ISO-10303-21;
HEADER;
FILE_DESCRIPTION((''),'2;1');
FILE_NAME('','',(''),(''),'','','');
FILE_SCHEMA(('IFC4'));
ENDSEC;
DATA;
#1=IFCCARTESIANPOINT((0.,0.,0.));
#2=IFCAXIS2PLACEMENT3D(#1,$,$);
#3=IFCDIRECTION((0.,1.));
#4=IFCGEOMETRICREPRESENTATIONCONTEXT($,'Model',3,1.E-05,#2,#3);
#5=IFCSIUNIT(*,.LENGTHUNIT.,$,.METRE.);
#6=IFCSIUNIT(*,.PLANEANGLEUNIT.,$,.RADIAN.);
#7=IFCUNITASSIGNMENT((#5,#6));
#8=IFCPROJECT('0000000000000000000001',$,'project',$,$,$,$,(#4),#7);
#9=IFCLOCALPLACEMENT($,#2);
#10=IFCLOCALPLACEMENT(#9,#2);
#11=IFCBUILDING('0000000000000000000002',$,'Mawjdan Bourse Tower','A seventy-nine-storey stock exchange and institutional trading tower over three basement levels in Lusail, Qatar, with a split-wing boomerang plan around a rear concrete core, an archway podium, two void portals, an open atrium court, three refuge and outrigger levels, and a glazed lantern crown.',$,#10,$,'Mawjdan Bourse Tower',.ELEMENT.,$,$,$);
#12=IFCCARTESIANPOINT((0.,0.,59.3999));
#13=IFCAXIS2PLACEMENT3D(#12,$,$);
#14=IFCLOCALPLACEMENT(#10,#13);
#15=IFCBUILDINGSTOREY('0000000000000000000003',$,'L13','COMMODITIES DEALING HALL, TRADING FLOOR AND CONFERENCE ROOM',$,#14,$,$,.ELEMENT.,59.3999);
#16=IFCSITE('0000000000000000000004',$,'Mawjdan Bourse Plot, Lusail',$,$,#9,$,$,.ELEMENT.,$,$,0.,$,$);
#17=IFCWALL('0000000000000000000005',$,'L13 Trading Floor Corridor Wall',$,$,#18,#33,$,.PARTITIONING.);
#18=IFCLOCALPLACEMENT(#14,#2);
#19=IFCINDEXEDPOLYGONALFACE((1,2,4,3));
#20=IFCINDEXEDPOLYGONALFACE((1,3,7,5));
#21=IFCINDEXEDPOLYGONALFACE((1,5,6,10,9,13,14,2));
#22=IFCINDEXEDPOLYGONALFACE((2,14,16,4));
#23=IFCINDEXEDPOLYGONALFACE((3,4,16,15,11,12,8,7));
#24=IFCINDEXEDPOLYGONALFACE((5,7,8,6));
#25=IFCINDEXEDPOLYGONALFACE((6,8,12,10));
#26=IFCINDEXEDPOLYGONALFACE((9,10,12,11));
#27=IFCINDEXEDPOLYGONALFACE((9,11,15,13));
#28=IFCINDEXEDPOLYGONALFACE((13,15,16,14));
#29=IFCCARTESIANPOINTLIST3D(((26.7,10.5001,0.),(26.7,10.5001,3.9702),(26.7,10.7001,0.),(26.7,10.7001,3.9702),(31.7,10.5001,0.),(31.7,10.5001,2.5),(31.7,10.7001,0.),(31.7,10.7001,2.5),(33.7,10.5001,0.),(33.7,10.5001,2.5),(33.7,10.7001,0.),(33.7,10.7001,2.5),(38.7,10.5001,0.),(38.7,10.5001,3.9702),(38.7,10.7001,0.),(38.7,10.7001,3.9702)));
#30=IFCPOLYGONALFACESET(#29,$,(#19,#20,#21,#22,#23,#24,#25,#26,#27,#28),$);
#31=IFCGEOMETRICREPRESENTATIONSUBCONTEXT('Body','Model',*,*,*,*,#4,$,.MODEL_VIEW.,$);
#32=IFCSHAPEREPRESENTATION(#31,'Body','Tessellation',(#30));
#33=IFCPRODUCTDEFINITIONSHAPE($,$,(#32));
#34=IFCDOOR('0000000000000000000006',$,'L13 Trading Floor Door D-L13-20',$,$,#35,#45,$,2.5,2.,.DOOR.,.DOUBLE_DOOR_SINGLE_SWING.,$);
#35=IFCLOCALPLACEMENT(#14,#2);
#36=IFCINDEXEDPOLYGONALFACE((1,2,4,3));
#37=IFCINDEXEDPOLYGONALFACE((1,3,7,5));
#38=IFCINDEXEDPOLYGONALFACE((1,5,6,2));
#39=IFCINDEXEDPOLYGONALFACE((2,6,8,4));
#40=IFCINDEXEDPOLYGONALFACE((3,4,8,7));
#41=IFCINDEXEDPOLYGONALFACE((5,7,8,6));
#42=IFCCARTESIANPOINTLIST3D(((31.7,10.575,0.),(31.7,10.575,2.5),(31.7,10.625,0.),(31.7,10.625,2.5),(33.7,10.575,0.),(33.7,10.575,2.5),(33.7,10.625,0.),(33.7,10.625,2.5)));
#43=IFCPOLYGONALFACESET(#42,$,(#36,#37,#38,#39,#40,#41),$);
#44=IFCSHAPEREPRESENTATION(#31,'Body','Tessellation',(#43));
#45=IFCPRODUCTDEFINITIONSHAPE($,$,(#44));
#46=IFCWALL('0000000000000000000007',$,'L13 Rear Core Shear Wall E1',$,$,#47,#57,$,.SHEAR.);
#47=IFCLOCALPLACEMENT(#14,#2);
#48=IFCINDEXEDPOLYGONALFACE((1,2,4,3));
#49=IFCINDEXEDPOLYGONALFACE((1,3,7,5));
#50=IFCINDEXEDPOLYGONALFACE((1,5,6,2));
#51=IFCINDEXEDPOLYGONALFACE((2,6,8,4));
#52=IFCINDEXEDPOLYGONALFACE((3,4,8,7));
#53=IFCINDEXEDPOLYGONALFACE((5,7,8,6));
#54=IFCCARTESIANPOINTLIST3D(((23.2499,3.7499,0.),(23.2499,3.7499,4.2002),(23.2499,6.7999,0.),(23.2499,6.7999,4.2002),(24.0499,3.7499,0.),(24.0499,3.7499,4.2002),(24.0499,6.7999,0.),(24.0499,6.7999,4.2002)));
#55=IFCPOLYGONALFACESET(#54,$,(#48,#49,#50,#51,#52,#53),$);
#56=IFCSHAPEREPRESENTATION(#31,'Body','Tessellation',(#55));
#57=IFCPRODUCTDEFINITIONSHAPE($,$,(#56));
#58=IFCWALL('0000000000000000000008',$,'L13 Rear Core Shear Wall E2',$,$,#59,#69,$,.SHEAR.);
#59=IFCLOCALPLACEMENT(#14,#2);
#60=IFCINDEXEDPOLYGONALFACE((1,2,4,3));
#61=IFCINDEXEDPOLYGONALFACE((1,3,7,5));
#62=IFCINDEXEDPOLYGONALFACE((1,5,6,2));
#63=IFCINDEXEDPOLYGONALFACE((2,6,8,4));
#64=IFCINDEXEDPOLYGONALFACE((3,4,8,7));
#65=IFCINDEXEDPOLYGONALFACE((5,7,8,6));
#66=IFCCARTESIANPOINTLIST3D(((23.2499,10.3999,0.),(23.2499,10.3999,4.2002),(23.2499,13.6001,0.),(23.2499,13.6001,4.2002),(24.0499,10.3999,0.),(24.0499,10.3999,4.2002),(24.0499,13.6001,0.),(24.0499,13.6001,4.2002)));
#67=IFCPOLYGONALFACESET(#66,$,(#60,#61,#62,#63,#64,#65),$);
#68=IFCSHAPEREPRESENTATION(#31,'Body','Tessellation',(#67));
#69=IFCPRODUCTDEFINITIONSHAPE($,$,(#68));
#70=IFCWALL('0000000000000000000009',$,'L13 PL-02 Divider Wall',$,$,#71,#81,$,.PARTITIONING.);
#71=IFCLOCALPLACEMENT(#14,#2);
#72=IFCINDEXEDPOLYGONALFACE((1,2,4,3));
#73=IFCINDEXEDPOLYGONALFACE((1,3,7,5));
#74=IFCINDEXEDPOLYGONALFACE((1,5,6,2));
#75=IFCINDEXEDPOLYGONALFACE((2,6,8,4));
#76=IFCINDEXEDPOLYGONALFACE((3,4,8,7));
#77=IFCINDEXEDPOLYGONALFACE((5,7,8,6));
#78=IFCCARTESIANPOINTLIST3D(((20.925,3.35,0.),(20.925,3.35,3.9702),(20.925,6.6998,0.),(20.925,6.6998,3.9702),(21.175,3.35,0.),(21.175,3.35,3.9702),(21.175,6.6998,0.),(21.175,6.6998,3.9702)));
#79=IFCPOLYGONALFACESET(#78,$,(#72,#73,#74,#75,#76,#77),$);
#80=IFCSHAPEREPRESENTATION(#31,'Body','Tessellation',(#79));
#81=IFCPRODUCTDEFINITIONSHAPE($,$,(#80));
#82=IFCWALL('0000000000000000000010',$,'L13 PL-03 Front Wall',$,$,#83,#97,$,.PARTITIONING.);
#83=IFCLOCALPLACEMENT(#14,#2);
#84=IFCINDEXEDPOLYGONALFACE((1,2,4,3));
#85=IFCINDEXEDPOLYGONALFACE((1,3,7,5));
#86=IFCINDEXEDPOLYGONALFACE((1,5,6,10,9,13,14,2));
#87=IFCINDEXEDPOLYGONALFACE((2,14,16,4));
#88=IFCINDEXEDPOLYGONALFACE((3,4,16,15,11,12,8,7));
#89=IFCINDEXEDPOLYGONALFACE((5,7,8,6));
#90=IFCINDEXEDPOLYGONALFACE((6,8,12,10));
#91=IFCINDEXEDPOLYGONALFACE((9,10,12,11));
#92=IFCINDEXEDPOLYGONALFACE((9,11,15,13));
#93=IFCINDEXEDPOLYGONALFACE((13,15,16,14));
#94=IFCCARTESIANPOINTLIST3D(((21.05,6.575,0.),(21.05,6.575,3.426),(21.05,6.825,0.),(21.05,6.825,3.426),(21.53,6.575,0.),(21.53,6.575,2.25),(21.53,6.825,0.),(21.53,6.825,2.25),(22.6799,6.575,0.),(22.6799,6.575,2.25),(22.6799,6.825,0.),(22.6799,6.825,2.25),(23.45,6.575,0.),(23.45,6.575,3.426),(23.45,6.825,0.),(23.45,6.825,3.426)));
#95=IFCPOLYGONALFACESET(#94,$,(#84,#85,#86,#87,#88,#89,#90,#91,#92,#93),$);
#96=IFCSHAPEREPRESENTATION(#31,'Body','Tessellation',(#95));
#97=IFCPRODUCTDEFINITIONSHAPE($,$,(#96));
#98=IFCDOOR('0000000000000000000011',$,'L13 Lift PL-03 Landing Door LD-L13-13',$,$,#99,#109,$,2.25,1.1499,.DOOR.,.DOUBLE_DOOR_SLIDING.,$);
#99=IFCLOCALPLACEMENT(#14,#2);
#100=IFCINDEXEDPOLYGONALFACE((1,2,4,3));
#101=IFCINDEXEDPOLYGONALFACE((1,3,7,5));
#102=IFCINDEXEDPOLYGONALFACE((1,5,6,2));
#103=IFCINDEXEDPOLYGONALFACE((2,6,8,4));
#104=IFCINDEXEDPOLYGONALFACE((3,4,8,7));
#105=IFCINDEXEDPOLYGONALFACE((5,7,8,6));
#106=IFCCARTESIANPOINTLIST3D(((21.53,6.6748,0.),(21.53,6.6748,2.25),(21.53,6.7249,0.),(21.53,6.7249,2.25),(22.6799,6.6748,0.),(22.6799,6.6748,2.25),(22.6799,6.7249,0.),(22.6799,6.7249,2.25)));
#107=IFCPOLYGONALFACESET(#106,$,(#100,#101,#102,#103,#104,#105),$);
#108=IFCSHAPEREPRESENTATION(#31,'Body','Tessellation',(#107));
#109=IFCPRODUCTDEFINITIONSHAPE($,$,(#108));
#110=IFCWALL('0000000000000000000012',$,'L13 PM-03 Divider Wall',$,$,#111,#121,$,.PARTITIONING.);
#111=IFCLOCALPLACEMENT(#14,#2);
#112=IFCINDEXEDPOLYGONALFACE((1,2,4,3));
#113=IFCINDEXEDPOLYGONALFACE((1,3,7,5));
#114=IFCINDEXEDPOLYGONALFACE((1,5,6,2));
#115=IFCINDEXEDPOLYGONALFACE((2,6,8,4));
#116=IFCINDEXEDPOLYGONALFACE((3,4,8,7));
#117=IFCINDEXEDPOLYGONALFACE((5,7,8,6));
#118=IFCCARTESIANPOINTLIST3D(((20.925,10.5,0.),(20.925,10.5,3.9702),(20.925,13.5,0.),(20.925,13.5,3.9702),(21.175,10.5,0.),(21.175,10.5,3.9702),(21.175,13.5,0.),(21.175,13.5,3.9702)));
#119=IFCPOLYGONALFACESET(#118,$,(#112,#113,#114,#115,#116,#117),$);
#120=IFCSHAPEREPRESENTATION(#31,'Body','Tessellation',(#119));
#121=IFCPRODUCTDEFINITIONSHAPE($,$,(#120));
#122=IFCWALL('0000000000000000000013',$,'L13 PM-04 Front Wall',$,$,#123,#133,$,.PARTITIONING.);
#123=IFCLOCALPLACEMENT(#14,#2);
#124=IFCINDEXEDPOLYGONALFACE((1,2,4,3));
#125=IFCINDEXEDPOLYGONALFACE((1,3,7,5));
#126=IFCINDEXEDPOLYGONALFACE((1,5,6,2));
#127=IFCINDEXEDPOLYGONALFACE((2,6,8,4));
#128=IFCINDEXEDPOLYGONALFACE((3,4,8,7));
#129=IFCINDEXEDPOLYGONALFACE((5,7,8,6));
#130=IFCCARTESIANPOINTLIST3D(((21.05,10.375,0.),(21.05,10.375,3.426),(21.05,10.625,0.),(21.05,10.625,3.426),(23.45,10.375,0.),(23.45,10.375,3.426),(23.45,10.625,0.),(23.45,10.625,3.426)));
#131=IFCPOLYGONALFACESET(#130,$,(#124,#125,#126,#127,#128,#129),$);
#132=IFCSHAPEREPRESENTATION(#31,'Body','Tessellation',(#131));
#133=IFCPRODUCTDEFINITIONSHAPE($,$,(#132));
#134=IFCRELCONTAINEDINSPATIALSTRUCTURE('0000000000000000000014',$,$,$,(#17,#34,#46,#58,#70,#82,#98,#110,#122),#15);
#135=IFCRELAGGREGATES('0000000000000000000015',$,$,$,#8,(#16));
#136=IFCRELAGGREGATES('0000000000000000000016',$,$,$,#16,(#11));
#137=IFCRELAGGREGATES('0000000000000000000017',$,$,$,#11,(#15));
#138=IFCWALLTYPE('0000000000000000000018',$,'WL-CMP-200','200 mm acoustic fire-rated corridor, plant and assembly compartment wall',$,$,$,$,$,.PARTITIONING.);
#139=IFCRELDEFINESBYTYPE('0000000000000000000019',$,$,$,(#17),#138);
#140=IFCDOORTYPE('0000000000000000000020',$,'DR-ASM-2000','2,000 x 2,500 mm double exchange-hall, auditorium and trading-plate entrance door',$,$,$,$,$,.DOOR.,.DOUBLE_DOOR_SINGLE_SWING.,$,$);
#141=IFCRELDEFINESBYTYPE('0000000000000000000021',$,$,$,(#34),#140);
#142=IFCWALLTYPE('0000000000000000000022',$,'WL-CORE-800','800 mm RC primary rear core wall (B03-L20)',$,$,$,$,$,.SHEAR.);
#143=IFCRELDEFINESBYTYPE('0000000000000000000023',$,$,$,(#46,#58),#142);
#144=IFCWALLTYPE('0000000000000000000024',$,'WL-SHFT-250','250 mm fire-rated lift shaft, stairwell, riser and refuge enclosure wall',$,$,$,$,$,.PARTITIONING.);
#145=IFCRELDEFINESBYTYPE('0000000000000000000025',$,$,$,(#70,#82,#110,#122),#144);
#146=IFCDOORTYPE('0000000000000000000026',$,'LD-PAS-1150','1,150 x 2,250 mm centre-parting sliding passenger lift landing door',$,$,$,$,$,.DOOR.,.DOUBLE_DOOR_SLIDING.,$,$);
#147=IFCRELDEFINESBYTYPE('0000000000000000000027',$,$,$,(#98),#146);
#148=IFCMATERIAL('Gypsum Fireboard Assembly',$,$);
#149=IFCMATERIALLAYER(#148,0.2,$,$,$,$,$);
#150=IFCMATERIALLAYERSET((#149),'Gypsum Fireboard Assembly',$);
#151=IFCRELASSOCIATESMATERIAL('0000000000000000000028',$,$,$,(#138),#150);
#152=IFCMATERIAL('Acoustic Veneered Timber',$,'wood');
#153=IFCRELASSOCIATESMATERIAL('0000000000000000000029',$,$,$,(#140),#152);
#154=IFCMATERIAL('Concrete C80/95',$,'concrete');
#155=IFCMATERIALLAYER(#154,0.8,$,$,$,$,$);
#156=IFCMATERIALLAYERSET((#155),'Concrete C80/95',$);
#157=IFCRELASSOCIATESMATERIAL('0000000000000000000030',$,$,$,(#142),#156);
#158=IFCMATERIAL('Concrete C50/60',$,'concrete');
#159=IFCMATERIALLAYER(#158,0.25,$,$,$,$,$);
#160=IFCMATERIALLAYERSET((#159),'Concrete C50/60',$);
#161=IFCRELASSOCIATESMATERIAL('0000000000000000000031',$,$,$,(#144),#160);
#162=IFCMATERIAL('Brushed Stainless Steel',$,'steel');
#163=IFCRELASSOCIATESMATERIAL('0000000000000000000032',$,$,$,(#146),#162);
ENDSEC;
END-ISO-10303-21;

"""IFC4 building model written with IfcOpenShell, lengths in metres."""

from ifc_helpers import new_model, si_unit, direction, frame, frame_2d, origin, place, context, subcontext, project, spatial, rectangle, extrude, material, layer, layer_set, type_object, element, fill, save


model = new_model("IFC4")

# Units and contexts
model_context = context("Model", 3, precision=1e-05, world=origin(), true_north=direction((0.0, 1.0)))
body_context = subcontext(model_context, "Body", "Model", "MODEL_VIEW")
ifc_project = project(units=[si_unit("LENGTHUNIT", "METRE"), si_unit("PLANEANGLEUNIT", "RADIAN")], contexts=[model_context])

# Site, building, storey
site_placement = place(None, origin())
site = spatial("IfcSite", under=ifc_project, at=site_placement, Name="Mawjdan Bourse Plot, Lusail", CompositionType="ELEMENT", RefElevation=0.0)
building_placement = place(site_placement, origin())
building = spatial("IfcBuilding", under=site, at=building_placement, Name="Mawjdan Bourse Tower", Description="A seventy-nine-storey stock exchange and institutional trading tower over three basement levels in Lusail, Qatar, with a split-wing boomerang plan around a rear concrete core, an archway podium, two void portals, an open atrium court, three refuge and outrigger levels, and a glazed lantern crown.", LongName="Mawjdan Bourse Tower", CompositionType="ELEMENT")
storey_placement = place(building_placement, frame((0.0, 0.0, 59.3999)))
storey = spatial("IfcBuildingStorey", under=building, at=storey_placement, Name="L13", Description="COMMODITIES DEALING HALL, TRADING FLOOR AND CONFERENCE ROOM", CompositionType="ELEMENT", Elevation=59.3999)

# Shared definitions
ifc_material_1 = material(Name="Concrete C80/95", Category="concrete")

# Shared definitions
ifc_material_2 = material(Name="Gypsum Fireboard Assembly")
ifc_layer_1 = layer(ifc_material_2, 0.2)
ifc_layer_set_1 = layer_set([ifc_layer_1], Name="Gypsum Fireboard Assembly")
wall_type_1 = type_object("IfcWallType", Name="WL-CMP-200", Description="200 mm acoustic fire-rated corridor, plant and assembly compartment wall", PredefinedType="PARTITIONING", material=ifc_layer_set_1)

# Wall, opening, door
wall_1_placement = place(storey_placement, frame((26.7, 10.6001, 0.0), z_axis=(0.0, 0.0, 1.0), x_axis=(1.0, 0.0, 0.0)))
wall_1 = element("IfcWall", 1, at=wall_1_placement, inside=storey, type_object=wall_type_1, Name="L13 Trading Floor Corridor Wall", PredefinedType="PARTITIONING", context=body_context, shape_type="SweptSolid", body=[
    extrude(rectangle(XDim=12.0, YDim=0.2, at=frame_2d((6.0, 0.0))), origin(), (0.0, 0.0, 1.0), 3.9702),
])
opening_1_placement = place(wall_1_placement, frame((5.0, 0.0, 0.0)))
opening_1 = element("IfcOpeningElement", 2, at=opening_1_placement, cuts=wall_1, PredefinedType="OPENING", context=body_context, shape_type="SweptSolid", body=[
    extrude(rectangle(XDim=2.0, YDim=2.5, at=frame_2d((1.0, 1.25))), frame((0.0, 0.1099, 0.0), z_axis=(0.0, -1.0, 0.0), x_axis=(1.0, 0.0, 0.0)), (0.0, 0.0, 1.0), 0.22),
])
ifc_material_3 = material(Name="Acoustic Veneered Timber", Category="wood")
door_type_1 = type_object("IfcDoorType", Name="DR-ASM-2000", Description="2,000 x 2,500 mm double exchange-hall, auditorium and trading-plate entrance door", OperationType="DOUBLE_DOOR_SINGLE_SWING", PredefinedType="DOOR", material=ifc_material_3)
door_1_placement = place(opening_1_placement, origin())
door_1 = element("IfcDoor", 3, at=door_1_placement, inside=storey, type_object=door_type_1, Name="L13 Trading Floor Door D-L13-20", OperationType="DOUBLE_DOOR_SINGLE_SWING", OverallHeight=2.5, OverallWidth=2.0, PredefinedType="DOOR", context=body_context, shape_type="SweptSolid", body=[
    extrude(rectangle(XDim=2.0, YDim=2.5, at=frame_2d((1.0, 1.25))), frame((0.0, 0.0249, 0.0), z_axis=(0.0, -1.0, 0.0), x_axis=(1.0, 0.0, 0.0)), (0.0, 0.0, 1.0), 0.05),
])
fill(opening_1, door_1)

# Walls
ifc_layer_2 = layer(ifc_material_1, 0.8)
ifc_layer_set_2 = layer_set([ifc_layer_2], Name="Concrete C80/95")
wall_type_2 = type_object("IfcWallType", Name="WL-CORE-800", Description="800 mm RC primary rear core wall (B03-L20)", PredefinedType="SHEAR", material=ifc_layer_set_2)
wall_2_placement = place(storey_placement, frame((23.6499, 3.75, 0.0), z_axis=(0.0, 0.0, 1.0), x_axis=(0.0, 1.0, 0.0)))
element("IfcWall", 4, at=wall_2_placement, inside=storey, type_object=wall_type_2, Name="L13 Rear Core Shear Wall E1", PredefinedType="SHEAR", context=body_context, shape_type="SweptSolid", body=[
    extrude(rectangle(XDim=3.05, YDim=0.8, at=frame_2d((1.5249, 0.0))), origin(), (0.0, 0.0, 1.0), 4.2002),
])
wall_3_placement = place(storey_placement, frame((23.6499, 10.3999, 0.0), z_axis=(0.0, 0.0, 1.0), x_axis=(0.0, 1.0, 0.0)))
element("IfcWall", 5, at=wall_3_placement, inside=storey, type_object=wall_type_2, Name="L13 Rear Core Shear Wall E2", PredefinedType="SHEAR", context=body_context, shape_type="SweptSolid", body=[
    extrude(rectangle(XDim=3.2002, YDim=0.8, at=frame_2d((1.6001, 0.0))), origin(), (0.0, 0.0, 1.0), 4.2002),
])
ifc_material_4 = material(Name="Concrete C50/60", Category="concrete")
ifc_layer_3 = layer(ifc_material_4, 0.25)
ifc_layer_set_3 = layer_set([ifc_layer_3], Name="Concrete C50/60")
wall_type_3 = type_object("IfcWallType", Name="WL-SHFT-250", Description="250 mm fire-rated lift shaft, stairwell, riser and refuge enclosure wall", PredefinedType="PARTITIONING", material=ifc_layer_set_3)
wall_4_placement = place(storey_placement, frame((21.05, 3.3501, 0.0), z_axis=(0.0, 0.0, 1.0), x_axis=(0.0, 1.0, 0.0)))
element("IfcWall", 6, at=wall_4_placement, inside=storey, type_object=wall_type_3, Name="L13 PL-02 Divider Wall", PredefinedType="PARTITIONING", context=body_context, shape_type="SweptSolid", body=[
    extrude(rectangle(XDim=3.3499, YDim=0.25, at=frame_2d((1.6748, 0.0))), origin(), (0.0, 0.0, 1.0), 3.9702),
])

# Wall, opening, door
wall_5_placement = place(storey_placement, frame((21.05, 6.7, 0.0), z_axis=(0.0, 0.0, 1.0), x_axis=(1.0, 0.0, 0.0)))
wall_5 = element("IfcWall", 7, at=wall_5_placement, inside=storey, type_object=wall_type_3, Name="L13 PL-03 Front Wall", PredefinedType="PARTITIONING", context=body_context, shape_type="SweptSolid", body=[
    extrude(rectangle(XDim=2.3999, YDim=0.25, at=frame_2d((1.2, 0.0))), origin(), (0.0, 0.0, 1.0), 3.426),
])
opening_2_placement = place(wall_5_placement, frame((0.48, 0.0, 0.0)))
opening_2 = element("IfcOpeningElement", 8, at=opening_2_placement, cuts=wall_5, PredefinedType="OPENING", context=body_context, shape_type="SweptSolid", body=[
    extrude(rectangle(XDim=1.1499, YDim=2.25, at=frame_2d((0.575, 1.125))), frame((0.0, 0.135, 0.0), z_axis=(0.0, -1.0, 0.0), x_axis=(1.0, 0.0, 0.0)), (0.0, 0.0, 1.0), 0.27),
])
ifc_material_5 = material(Name="Brushed Stainless Steel", Category="steel")
door_type_2 = type_object("IfcDoorType", Name="LD-PAS-1150", Description="1,150 x 2,250 mm centre-parting sliding passenger lift landing door", OperationType="DOUBLE_DOOR_SLIDING", PredefinedType="DOOR", material=ifc_material_5)
door_2_placement = place(opening_2_placement, origin())
door_2 = element("IfcDoor", 9, at=door_2_placement, inside=storey, type_object=door_type_2, Name="L13 Lift PL-03 Landing Door LD-L13-13", OperationType="DOUBLE_DOOR_SLIDING", OverallHeight=2.25, OverallWidth=1.1499, PredefinedType="DOOR", context=body_context, shape_type="SweptSolid", body=[
    extrude(rectangle(XDim=1.1499, YDim=2.25, at=frame_2d((0.575, 1.125))), frame((0.0, 0.0249, 0.0), z_axis=(0.0, -1.0, 0.0), x_axis=(1.0, 0.0, 0.0)), (0.0, 0.0, 1.0), 0.05),
])
fill(opening_2, door_2)

# Walls
wall_6_placement = place(storey_placement, frame((21.05, 10.5, 0.0), z_axis=(0.0, 0.0, 1.0), x_axis=(0.0, 1.0, 0.0)))
element("IfcWall", 10, at=wall_6_placement, inside=storey, type_object=wall_type_3, Name="L13 PM-03 Divider Wall", PredefinedType="PARTITIONING", context=body_context, shape_type="SweptSolid", body=[
    extrude(rectangle(XDim=3.0, YDim=0.25, at=frame_2d((1.5, 0.0))), origin(), (0.0, 0.0, 1.0), 3.9702),
])
wall_7_placement = place(storey_placement, frame((21.05, 10.5, 0.0), z_axis=(0.0, 0.0, 1.0), x_axis=(1.0, 0.0, 0.0)))
element("IfcWall", 11, at=wall_7_placement, inside=storey, type_object=wall_type_3, Name="L13 PM-04 Front Wall", PredefinedType="PARTITIONING", context=body_context, shape_type="SweptSolid", body=[
    extrude(rectangle(XDim=2.3999, YDim=0.25, at=frame_2d((1.2, 0.0))), origin(), (0.0, 0.0, 1.0), 3.426),
])

save(model, "model.ifc")
